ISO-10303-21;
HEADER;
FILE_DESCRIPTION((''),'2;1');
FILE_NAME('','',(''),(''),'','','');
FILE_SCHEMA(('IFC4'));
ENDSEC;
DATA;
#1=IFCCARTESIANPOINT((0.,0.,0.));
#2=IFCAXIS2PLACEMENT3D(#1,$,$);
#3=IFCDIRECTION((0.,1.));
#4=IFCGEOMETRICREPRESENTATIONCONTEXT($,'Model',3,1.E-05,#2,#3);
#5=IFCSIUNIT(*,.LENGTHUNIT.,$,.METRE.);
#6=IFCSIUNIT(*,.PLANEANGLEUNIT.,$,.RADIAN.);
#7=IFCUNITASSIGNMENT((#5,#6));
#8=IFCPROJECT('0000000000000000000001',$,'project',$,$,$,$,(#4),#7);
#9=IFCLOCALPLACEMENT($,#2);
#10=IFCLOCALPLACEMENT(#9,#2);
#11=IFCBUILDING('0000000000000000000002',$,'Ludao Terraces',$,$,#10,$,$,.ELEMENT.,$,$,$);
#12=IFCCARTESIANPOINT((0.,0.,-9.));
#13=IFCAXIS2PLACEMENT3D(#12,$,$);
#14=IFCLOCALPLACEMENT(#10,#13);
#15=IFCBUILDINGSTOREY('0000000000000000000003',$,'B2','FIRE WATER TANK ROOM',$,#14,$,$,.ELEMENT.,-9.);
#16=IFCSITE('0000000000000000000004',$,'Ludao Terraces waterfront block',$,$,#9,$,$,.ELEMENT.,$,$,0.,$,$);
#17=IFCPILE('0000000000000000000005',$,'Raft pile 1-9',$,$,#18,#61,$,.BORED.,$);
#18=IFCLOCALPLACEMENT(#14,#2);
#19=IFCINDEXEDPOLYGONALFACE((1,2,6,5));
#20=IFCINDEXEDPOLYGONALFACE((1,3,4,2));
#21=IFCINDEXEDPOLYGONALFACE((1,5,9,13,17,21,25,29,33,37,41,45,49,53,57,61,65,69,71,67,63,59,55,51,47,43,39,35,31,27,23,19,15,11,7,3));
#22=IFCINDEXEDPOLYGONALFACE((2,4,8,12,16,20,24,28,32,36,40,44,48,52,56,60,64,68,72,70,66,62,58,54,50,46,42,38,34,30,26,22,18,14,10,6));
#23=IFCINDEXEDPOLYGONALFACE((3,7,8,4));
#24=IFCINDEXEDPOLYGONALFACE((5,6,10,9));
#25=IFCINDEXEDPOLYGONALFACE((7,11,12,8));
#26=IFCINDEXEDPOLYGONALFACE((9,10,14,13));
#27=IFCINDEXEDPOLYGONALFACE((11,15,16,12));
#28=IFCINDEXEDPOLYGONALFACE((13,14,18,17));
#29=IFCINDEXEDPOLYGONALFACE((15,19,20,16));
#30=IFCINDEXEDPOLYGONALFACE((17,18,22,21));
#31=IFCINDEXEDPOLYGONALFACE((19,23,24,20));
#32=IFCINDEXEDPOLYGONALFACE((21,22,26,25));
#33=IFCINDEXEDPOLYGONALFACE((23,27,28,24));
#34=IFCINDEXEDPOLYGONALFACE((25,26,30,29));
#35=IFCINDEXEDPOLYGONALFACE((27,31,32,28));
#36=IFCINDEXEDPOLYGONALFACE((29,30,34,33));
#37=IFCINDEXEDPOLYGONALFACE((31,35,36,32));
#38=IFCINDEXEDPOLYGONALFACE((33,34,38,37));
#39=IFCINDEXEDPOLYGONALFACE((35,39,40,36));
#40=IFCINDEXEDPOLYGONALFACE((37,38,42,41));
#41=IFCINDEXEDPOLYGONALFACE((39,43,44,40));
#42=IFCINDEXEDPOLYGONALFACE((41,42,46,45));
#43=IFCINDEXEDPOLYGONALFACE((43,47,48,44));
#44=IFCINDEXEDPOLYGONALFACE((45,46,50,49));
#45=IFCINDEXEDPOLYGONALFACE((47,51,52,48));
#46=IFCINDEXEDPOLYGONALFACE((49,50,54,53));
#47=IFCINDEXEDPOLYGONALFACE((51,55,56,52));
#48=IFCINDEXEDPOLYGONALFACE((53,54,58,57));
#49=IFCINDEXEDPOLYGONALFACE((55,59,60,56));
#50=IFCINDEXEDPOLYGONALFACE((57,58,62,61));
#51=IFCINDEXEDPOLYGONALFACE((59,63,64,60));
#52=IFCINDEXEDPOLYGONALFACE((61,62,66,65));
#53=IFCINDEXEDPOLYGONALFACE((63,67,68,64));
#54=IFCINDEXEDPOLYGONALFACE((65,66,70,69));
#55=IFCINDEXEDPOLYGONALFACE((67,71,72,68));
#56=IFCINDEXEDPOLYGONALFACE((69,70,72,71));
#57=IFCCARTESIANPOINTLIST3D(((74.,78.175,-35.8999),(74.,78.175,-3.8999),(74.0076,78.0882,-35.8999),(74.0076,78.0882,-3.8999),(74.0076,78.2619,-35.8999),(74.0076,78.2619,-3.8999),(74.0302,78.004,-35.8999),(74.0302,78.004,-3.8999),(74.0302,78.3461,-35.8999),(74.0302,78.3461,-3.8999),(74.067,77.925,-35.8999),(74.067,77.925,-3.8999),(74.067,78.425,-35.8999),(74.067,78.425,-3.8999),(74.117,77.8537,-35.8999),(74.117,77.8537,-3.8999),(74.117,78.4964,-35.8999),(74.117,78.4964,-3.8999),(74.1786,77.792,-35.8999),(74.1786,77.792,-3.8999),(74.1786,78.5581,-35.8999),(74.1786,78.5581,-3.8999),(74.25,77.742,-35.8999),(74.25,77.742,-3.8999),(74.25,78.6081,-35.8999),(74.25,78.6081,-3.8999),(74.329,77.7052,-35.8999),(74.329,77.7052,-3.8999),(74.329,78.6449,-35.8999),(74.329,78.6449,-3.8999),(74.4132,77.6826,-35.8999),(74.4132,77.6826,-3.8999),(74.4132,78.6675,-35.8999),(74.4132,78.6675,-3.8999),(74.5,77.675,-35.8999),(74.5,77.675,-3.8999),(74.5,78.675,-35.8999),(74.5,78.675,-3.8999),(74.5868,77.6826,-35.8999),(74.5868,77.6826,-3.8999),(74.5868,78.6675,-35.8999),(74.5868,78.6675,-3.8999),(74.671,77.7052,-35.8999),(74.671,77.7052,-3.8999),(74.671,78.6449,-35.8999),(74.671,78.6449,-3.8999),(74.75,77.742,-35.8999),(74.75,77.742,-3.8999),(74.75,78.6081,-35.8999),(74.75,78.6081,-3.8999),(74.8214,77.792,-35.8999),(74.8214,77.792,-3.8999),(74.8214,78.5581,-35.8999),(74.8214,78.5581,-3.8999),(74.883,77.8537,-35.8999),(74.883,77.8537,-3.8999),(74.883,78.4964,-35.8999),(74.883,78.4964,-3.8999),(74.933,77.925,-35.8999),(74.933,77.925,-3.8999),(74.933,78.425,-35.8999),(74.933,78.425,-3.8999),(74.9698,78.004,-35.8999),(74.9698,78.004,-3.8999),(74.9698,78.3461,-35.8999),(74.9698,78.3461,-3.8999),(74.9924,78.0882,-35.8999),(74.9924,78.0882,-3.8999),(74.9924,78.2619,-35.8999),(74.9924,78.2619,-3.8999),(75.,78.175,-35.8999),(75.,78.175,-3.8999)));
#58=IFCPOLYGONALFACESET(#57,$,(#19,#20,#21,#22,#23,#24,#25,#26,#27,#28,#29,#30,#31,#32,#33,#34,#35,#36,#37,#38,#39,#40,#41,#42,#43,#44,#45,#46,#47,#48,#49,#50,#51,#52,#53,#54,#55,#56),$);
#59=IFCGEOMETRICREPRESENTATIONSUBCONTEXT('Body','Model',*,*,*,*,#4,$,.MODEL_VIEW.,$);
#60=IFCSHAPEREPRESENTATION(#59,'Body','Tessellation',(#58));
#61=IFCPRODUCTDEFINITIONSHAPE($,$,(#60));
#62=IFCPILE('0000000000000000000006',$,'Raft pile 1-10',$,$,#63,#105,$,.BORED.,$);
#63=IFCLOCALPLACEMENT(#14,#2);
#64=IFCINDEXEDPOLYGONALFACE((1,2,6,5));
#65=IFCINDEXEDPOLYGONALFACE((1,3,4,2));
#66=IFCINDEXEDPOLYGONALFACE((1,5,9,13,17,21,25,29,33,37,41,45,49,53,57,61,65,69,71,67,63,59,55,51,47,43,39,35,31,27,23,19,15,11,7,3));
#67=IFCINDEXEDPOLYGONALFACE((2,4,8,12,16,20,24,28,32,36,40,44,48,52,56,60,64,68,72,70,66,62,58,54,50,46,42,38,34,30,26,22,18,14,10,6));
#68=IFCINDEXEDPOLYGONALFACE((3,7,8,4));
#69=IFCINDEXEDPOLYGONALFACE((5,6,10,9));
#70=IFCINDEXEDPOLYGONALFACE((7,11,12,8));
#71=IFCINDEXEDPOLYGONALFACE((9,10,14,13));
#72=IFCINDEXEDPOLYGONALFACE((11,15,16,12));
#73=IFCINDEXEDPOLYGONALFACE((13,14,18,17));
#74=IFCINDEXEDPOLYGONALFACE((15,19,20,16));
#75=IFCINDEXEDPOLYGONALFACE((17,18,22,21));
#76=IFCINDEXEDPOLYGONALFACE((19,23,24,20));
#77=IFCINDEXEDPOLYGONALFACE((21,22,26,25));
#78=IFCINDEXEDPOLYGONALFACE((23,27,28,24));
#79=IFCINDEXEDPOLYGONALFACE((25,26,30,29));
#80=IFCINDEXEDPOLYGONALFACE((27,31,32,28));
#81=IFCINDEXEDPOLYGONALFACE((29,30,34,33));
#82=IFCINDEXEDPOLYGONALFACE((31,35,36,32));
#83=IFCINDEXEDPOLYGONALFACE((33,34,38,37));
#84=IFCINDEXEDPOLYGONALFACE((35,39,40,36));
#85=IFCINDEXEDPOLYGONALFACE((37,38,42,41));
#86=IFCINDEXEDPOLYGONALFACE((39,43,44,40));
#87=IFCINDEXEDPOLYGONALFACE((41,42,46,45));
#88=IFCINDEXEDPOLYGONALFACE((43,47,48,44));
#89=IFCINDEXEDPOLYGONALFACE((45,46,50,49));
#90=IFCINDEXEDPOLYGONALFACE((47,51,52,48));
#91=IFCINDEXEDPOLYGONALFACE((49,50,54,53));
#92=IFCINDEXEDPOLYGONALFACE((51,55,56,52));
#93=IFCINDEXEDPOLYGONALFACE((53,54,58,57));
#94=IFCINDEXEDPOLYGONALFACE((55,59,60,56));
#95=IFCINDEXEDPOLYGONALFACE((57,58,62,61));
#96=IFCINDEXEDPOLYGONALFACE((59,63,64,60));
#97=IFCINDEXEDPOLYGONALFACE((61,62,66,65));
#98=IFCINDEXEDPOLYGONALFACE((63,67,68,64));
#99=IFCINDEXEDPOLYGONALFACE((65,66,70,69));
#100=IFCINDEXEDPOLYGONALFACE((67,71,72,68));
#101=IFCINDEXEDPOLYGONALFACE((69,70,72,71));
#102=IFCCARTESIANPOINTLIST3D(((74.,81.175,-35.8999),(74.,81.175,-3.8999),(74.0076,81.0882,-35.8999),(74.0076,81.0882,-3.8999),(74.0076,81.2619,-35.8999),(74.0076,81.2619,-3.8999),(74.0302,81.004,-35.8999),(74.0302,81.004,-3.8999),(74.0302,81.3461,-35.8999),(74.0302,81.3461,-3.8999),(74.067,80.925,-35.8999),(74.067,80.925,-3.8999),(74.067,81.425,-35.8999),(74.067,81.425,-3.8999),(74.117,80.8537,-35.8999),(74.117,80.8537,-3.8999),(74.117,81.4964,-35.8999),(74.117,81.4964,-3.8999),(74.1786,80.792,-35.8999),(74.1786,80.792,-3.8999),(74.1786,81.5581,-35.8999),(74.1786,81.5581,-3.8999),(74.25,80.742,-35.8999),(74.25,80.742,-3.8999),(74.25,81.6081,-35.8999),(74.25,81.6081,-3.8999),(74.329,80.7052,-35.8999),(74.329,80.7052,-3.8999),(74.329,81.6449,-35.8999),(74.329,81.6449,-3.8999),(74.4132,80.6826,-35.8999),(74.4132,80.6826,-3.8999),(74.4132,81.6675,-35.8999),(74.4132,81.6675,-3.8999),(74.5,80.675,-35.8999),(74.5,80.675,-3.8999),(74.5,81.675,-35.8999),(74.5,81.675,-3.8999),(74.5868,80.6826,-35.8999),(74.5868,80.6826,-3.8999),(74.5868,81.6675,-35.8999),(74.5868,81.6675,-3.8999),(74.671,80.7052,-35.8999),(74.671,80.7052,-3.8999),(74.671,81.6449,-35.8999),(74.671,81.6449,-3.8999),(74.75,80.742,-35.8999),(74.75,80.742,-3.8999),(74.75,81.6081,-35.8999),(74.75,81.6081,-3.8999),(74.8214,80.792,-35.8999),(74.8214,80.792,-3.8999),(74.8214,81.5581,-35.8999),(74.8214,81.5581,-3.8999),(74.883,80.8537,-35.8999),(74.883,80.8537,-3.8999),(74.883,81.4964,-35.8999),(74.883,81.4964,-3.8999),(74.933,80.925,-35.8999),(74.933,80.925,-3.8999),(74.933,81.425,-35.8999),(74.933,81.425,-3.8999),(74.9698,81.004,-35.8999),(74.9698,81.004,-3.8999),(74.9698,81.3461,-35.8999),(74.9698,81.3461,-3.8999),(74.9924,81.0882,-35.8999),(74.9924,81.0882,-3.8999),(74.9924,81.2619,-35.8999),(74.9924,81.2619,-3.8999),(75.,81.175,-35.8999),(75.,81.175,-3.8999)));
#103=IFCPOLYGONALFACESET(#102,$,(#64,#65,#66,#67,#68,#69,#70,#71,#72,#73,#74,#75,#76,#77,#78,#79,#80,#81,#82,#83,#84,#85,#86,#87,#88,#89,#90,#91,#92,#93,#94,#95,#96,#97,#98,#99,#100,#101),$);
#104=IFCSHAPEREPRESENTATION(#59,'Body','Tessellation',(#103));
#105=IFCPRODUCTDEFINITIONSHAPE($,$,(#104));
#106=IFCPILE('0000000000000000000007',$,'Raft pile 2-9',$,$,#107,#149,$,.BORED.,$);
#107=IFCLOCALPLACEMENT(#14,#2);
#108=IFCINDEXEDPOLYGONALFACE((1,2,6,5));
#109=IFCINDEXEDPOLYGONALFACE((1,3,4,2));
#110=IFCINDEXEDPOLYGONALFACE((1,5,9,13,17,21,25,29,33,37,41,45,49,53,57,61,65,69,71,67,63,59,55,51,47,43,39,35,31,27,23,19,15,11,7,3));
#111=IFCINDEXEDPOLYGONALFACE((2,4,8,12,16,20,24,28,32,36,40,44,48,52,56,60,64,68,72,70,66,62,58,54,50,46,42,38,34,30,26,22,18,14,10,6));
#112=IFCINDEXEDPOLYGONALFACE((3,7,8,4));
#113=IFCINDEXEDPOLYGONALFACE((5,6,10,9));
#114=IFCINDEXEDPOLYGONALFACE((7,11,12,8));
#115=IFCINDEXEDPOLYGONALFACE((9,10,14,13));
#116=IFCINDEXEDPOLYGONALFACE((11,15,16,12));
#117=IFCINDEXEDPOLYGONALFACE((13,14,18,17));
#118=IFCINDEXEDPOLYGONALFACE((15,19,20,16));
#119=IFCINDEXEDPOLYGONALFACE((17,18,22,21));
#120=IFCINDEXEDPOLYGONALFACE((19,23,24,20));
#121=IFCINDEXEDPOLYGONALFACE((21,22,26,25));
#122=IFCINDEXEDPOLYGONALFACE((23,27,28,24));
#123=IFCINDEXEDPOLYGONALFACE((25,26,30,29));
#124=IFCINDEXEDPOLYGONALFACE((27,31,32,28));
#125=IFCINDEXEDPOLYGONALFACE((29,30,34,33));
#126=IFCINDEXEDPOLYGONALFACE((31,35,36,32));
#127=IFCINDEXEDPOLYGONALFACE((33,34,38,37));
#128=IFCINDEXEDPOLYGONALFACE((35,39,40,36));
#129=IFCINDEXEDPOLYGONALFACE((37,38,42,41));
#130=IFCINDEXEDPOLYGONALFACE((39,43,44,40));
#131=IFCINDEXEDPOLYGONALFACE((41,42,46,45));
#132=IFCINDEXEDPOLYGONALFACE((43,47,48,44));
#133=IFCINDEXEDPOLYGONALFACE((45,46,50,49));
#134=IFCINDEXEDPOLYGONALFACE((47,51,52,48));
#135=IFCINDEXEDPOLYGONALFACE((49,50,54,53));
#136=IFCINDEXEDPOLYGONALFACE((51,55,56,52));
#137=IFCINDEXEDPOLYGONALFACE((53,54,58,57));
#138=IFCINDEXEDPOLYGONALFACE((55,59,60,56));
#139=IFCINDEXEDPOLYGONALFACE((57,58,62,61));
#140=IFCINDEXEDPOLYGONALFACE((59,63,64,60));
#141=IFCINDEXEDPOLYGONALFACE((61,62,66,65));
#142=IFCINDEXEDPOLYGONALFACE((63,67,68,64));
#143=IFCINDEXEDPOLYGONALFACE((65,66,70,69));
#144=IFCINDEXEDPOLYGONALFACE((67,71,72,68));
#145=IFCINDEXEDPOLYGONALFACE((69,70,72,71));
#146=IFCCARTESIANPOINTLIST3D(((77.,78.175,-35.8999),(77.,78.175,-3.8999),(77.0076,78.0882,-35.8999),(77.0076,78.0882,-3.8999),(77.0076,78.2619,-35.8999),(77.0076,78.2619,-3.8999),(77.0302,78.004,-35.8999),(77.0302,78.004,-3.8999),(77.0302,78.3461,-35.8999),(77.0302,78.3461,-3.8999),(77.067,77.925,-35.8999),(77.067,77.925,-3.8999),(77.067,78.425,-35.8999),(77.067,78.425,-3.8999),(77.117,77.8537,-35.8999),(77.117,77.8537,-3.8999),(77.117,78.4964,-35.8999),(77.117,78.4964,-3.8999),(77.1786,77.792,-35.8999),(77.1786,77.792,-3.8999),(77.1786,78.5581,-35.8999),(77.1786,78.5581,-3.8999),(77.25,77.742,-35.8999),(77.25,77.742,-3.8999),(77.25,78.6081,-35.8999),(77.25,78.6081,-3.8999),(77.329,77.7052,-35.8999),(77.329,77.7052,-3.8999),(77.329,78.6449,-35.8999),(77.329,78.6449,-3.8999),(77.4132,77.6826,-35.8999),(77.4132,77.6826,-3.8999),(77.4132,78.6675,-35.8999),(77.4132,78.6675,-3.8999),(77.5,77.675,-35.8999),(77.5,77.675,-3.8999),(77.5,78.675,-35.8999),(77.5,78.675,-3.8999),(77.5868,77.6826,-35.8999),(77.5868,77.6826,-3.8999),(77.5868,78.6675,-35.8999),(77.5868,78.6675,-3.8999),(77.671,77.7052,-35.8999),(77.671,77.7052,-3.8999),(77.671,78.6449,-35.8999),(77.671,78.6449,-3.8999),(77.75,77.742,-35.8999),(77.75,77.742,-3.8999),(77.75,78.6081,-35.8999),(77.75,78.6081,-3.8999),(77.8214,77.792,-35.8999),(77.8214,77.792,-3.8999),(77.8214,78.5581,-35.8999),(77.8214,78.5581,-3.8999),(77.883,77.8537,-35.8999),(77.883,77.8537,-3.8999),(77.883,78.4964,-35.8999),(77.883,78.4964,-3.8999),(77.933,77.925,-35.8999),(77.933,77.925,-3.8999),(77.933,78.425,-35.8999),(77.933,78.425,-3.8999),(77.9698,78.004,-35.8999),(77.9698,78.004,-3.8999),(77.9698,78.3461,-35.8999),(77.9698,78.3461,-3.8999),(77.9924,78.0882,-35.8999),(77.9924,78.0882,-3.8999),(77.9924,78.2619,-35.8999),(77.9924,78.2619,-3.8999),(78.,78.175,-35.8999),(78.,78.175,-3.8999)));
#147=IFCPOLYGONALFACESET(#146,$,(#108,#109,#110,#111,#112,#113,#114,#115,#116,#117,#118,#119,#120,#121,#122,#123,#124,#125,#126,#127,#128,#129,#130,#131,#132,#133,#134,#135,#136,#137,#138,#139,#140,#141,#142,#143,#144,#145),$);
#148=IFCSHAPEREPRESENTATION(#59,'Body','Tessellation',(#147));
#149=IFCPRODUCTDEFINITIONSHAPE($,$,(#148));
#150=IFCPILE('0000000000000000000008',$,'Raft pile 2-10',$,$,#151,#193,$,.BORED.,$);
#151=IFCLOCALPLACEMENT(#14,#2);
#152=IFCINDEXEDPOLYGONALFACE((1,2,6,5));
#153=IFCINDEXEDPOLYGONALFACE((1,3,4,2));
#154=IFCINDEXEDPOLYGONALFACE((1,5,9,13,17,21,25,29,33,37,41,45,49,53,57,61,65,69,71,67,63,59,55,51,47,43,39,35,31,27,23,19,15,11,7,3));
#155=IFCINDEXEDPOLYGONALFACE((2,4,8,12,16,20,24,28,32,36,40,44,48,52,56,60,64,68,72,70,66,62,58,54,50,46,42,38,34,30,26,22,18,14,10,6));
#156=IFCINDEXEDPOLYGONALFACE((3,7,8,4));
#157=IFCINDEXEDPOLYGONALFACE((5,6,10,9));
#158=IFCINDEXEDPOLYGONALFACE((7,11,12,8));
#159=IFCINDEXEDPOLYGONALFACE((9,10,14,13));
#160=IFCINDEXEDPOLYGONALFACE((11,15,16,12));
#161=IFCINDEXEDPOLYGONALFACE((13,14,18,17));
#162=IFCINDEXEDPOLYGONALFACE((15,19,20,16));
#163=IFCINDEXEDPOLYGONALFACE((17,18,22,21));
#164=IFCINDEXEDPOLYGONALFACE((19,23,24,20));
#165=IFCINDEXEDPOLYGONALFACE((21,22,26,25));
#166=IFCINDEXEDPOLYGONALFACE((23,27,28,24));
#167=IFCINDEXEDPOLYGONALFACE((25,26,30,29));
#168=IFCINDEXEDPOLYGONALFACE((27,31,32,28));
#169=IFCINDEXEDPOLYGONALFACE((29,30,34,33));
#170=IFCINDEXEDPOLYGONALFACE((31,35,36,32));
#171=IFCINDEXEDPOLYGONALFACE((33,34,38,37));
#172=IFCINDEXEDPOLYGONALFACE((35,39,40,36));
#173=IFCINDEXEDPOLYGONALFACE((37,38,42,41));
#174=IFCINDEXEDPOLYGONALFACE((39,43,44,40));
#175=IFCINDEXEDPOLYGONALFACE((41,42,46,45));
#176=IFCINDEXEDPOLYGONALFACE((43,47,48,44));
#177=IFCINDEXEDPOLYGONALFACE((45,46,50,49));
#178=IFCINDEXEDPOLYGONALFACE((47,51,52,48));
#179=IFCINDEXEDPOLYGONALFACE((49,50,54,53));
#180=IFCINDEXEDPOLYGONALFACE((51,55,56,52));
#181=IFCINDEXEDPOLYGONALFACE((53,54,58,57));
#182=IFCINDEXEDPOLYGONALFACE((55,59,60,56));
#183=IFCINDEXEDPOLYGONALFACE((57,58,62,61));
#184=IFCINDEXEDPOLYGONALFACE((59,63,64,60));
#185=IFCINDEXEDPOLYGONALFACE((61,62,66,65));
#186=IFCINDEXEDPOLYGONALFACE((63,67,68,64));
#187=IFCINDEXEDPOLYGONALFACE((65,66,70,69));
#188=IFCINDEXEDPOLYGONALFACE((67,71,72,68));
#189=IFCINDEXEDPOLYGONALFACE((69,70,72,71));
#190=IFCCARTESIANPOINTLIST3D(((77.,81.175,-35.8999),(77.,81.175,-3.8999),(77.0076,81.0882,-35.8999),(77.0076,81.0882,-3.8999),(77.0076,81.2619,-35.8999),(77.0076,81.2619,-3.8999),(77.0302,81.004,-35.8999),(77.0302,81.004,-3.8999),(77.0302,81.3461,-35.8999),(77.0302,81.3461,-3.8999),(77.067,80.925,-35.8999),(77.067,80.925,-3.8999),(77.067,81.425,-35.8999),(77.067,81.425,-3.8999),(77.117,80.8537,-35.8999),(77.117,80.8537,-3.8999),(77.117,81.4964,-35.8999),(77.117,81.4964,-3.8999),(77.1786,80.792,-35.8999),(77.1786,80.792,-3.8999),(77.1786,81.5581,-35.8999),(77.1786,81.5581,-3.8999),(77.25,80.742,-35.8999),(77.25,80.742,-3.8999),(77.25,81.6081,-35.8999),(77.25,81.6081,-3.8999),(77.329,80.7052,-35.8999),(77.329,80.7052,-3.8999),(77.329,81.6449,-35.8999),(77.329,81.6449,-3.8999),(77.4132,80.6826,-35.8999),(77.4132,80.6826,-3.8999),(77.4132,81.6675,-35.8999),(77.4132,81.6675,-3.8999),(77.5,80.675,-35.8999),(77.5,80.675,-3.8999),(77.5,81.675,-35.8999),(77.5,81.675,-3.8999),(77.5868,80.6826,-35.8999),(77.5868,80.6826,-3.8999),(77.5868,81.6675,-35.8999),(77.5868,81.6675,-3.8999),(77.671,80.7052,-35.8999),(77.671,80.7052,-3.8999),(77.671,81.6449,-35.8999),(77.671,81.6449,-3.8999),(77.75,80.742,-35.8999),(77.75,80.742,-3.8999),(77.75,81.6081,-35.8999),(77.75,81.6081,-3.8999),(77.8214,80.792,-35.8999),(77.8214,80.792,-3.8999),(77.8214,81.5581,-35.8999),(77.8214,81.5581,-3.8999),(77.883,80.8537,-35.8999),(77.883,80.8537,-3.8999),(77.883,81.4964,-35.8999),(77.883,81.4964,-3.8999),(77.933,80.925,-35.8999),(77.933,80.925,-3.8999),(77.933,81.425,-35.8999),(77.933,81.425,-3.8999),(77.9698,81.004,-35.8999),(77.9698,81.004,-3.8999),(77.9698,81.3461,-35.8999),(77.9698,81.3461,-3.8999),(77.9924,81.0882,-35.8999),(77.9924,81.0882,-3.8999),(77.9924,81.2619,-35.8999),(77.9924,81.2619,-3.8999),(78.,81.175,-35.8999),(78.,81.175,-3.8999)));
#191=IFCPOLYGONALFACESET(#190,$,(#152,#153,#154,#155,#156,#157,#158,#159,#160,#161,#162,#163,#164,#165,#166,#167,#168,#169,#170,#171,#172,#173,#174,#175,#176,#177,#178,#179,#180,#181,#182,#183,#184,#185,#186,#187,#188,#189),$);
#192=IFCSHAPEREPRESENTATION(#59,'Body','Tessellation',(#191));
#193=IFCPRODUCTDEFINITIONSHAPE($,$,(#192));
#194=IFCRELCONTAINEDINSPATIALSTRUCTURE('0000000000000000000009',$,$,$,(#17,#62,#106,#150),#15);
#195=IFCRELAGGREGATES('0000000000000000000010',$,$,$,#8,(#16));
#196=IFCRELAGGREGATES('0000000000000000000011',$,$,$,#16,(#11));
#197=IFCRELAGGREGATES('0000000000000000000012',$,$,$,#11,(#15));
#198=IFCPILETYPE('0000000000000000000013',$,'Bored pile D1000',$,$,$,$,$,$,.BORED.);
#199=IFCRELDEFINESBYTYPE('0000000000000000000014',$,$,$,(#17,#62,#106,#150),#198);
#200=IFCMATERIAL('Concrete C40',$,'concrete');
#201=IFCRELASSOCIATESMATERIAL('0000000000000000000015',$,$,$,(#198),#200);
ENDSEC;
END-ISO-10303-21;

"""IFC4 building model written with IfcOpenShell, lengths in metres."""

from ifc_helpers import new_model, si_unit, direction, frame, origin, origin_2d, place, context, subcontext, project, spatial, circle, extrude, material, material_profile, profile_set, type_object, element, save


model = new_model("IFC4")

# Units and contexts
model_context = context("Model", 3, precision=1e-05, world=origin(), true_north=direction((0.0, 1.0)))
body_context = subcontext(model_context, "Body", "Model", "MODEL_VIEW")
ifc_project = project(units=[si_unit("LENGTHUNIT", "METRE"), si_unit("PLANEANGLEUNIT", "RADIAN")], contexts=[model_context])

# Site, building, storey
site_placement = place(None, origin())
site = spatial("IfcSite", under=ifc_project, at=site_placement, Name="Ludao Terraces waterfront block", CompositionType="ELEMENT", RefElevation=0.0)
building_placement = place(site_placement, origin())
building = spatial("IfcBuilding", under=site, at=building_placement, Name="Ludao Terraces", CompositionType="ELEMENT")
storey_placement = place(building_placement, frame((0.0, 0.0, -9.0)))
storey = spatial("IfcBuildingStorey", under=building, at=storey_placement, Name="B2", Description="FIRE WATER TANK ROOM", CompositionType="ELEMENT", Elevation=-9.0)

# Piles
ifc_material_1 = material(Name="Concrete C40", Category="concrete")
ifc_material_profile = material_profile(ifc_material_1, circle(Radius=0.5, at=origin_2d()), Name="D1000 BORED PILE")
ifc_profile_set = profile_set([ifc_material_profile], Name="Concrete C40")
pile_type = type_object("IfcPileType", Name="Bored pile D1000", PredefinedType="BORED", material=ifc_profile_set)
for number, where, z_axis, x_axis, name in (
    (1, (74.5, 78.175, -3.8999), (0.0, 0.0, -1.0), (1.0, 0.0, 0.0), "Raft pile 1-9"),
    (2, (74.5, 81.175, -3.8999), (0.0, 0.0, -1.0), (1.0, 0.0, 0.0), "Raft pile 1-10"),
    (3, (77.5, 78.175, -3.8999), (0.0, 0.0, -1.0), (1.0, 0.0, 0.0), "Raft pile 2-9"),
    (4, (77.5, 81.175, -3.8999), (0.0, 0.0, -1.0), (1.0, 0.0, 0.0), "Raft pile 2-10"),
):
    element("IfcPile", number, at=place(storey_placement, frame(where, z_axis=z_axis, x_axis=x_axis)), inside=storey, type_object=pile_type, Name=name, PredefinedType="BORED", context=body_context, shape_type="SweptSolid", body=[
        extrude(circle(Radius=0.5, at=origin_2d()), origin(), (0.0, 0.0, 1.0), 32.0),
    ])

save(model, "model.ifc")
